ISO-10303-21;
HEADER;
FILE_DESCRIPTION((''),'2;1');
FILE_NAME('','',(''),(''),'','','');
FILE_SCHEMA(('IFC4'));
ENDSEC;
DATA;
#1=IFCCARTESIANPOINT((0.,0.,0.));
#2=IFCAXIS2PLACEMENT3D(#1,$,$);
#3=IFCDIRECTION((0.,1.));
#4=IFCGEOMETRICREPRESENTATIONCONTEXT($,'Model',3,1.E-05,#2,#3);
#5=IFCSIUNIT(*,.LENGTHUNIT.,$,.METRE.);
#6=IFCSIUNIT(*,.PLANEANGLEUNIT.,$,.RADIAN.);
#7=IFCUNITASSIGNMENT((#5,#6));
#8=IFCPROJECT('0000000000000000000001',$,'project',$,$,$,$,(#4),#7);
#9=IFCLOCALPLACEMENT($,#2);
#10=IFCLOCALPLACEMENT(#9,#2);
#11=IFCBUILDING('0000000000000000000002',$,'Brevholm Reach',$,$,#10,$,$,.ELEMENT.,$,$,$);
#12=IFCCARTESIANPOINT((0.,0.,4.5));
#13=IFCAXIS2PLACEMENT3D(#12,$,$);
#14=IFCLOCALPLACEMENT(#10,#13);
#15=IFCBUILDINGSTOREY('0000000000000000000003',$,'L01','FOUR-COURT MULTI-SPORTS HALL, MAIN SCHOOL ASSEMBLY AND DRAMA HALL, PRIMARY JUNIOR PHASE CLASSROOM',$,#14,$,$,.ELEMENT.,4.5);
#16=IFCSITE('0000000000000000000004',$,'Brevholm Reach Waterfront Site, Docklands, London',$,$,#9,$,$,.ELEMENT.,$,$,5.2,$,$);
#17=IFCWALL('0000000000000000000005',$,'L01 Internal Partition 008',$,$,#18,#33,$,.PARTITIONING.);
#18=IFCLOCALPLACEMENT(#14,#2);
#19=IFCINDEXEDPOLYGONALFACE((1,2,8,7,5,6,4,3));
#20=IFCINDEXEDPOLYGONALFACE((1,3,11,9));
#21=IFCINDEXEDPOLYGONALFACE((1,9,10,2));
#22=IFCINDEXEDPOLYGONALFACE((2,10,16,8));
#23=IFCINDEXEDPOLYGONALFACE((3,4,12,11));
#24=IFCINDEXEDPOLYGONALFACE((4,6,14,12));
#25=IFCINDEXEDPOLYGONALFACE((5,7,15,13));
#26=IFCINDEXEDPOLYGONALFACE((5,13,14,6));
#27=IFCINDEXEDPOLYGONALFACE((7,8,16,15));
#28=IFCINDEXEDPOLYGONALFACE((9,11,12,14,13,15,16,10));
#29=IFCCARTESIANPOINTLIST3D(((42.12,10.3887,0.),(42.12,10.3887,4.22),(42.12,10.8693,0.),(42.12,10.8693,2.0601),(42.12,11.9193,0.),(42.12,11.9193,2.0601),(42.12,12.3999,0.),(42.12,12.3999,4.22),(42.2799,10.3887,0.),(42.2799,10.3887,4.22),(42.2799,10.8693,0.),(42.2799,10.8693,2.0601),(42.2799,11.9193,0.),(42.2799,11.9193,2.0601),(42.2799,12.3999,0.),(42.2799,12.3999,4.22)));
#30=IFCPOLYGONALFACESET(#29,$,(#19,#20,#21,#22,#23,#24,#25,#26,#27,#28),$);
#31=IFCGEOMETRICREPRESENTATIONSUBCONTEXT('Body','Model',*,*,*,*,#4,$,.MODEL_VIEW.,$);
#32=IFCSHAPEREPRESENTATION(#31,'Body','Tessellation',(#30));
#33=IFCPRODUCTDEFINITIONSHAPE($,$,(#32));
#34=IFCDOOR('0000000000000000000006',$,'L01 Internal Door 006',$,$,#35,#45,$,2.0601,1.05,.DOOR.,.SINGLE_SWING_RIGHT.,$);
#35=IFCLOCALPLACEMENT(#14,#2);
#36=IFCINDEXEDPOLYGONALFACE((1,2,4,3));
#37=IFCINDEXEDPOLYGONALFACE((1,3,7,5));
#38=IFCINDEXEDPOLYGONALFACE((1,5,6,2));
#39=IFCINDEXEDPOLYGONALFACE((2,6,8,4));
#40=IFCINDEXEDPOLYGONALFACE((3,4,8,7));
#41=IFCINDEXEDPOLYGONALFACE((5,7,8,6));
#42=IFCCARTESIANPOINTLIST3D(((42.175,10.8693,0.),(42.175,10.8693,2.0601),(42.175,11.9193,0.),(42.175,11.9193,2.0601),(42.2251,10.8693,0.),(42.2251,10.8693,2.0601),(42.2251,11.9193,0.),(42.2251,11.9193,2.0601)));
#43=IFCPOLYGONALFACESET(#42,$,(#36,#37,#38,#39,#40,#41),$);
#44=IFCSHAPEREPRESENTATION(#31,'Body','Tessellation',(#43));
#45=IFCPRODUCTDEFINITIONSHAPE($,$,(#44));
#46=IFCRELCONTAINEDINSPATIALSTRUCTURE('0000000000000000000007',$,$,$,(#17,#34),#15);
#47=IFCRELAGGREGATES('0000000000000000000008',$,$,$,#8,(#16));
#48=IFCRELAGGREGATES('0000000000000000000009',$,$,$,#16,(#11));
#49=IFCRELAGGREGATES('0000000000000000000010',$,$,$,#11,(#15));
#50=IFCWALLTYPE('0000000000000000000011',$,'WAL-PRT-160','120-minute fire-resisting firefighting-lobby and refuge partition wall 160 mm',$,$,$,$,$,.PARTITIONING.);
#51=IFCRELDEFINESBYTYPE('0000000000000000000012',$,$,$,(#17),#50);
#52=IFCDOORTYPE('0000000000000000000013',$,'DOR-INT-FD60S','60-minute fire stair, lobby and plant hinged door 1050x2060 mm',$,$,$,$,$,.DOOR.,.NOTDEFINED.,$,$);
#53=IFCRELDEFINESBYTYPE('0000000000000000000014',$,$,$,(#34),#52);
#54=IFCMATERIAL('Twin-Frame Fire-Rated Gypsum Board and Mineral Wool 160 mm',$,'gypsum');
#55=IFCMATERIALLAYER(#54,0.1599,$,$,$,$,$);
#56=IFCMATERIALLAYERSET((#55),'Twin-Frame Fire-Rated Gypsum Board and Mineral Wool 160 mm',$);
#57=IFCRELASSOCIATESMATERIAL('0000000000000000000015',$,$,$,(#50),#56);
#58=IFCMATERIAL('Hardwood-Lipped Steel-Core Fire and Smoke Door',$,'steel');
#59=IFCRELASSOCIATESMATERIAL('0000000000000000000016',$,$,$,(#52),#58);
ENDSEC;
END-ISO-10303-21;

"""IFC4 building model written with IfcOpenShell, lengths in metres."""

from ifc_helpers import new_model, si_unit, direction, frame, frame_2d, origin, place, context, subcontext, project, spatial, rectangle, extrude, material, layer, layer_set, type_object, element, fill, save


model = new_model("IFC4")

# Units and contexts
model_context = context("Model", 3, precision=1e-05, world=origin(), true_north=direction((0.0, 1.0)))
body_context = subcontext(model_context, "Body", "Model", "MODEL_VIEW")
ifc_project = project(units=[si_unit("LENGTHUNIT", "METRE"), si_unit("PLANEANGLEUNIT", "RADIAN")], contexts=[model_context])

# Site, building, storey
site_placement = place(None, origin())
site = spatial("IfcSite", under=ifc_project, at=site_placement, Name="Brevholm Reach Waterfront Site, Docklands, London", CompositionType="ELEMENT", RefElevation=5.2)
building_placement = place(site_placement, origin())
building = spatial("IfcBuilding", under=site, at=building_placement, Name="Brevholm Reach", CompositionType="ELEMENT")
storey_placement = place(building_placement, frame((0.0, 0.0, 4.5)))
storey = spatial("IfcBuildingStorey", under=building, at=storey_placement, Name="L01", Description="FOUR-COURT MULTI-SPORTS HALL, MAIN SCHOOL ASSEMBLY AND DRAMA HALL, PRIMARY JUNIOR PHASE CLASSROOM", CompositionType="ELEMENT", Elevation=4.5)

# Wall, opening, door
ifc_material_1 = material(Name="Twin-Frame Fire-Rated Gypsum Board and Mineral Wool 160 mm", Category="gypsum")
ifc_layer_1 = layer(ifc_material_1, 0.1599)
ifc_layer_set_1 = layer_set([ifc_layer_1], Name="Twin-Frame Fire-Rated Gypsum Board and Mineral Wool 160 mm")
wall_type_1 = type_object("IfcWallType", Name="WAL-PRT-160", Description="120-minute fire-resisting firefighting-lobby and refuge partition wall 160 mm", PredefinedType="PARTITIONING", material=ifc_layer_set_1)
wall_1_placement = place(storey_placement, frame((42.2, 10.3887, 0.0), z_axis=(0.0, 0.0, 1.0), x_axis=(0.0, 1.0, 0.0)))
wall_1 = element("IfcWall", 1, at=wall_1_placement, inside=storey, type_object=wall_type_1, Name="L01 Internal Partition 008", PredefinedType="PARTITIONING", context=body_context, shape_type="SweptSolid", body=[
    extrude(rectangle(XDim=2.0112, YDim=0.1599, at=frame_2d((1.0056, 0.0))), origin(), (0.0, 0.0, 1.0), 4.22),
])
opening_1_placement = place(wall_1_placement, frame((0.4807, 0.0, 0.0)))
opening_1 = element("IfcOpeningElement", 2, at=opening_1_placement, cuts=wall_1, PredefinedType="OPENING", context=body_context, shape_type="SweptSolid", body=[
    extrude(rectangle(XDim=1.05, YDim=2.0601, at=frame_2d((0.5249, 1.03))), frame((0.0, 0.0898, 0.0), z_axis=(0.0, -1.0, 0.0), x_axis=(1.0, 0.0, 0.0)), (0.0, 0.0, 1.0), 0.1799),
])
ifc_material_2 = material(Name="Hardwood-Lipped Steel-Core Fire and Smoke Door", Category="steel")
door_type_1 = type_object("IfcDoorType", Name="DOR-INT-FD60S", Description="60-minute fire stair, lobby and plant hinged door 1050x2060 mm", OperationType="NOTDEFINED", PredefinedType="DOOR", material=ifc_material_2)
door_1_placement = place(opening_1_placement, origin())
door_1 = element("IfcDoor", 3, at=door_1_placement, inside=storey, type_object=door_type_1, Name="L01 Internal Door 006", OperationType="SINGLE_SWING_RIGHT", OverallHeight=2.0601, OverallWidth=1.05, PredefinedType="DOOR", context=body_context, shape_type="SweptSolid", body=[
    extrude(rectangle(XDim=1.05, YDim=2.0601, at=frame_2d((0.5249, 1.03))), frame((0.0, 0.0249, 0.0), z_axis=(0.0, -1.0, 0.0), x_axis=(1.0, 0.0, 0.0)), (0.0, 0.0, 1.0), 0.05),
])
fill(opening_1, door_1)

save(model, "model.ifc")
